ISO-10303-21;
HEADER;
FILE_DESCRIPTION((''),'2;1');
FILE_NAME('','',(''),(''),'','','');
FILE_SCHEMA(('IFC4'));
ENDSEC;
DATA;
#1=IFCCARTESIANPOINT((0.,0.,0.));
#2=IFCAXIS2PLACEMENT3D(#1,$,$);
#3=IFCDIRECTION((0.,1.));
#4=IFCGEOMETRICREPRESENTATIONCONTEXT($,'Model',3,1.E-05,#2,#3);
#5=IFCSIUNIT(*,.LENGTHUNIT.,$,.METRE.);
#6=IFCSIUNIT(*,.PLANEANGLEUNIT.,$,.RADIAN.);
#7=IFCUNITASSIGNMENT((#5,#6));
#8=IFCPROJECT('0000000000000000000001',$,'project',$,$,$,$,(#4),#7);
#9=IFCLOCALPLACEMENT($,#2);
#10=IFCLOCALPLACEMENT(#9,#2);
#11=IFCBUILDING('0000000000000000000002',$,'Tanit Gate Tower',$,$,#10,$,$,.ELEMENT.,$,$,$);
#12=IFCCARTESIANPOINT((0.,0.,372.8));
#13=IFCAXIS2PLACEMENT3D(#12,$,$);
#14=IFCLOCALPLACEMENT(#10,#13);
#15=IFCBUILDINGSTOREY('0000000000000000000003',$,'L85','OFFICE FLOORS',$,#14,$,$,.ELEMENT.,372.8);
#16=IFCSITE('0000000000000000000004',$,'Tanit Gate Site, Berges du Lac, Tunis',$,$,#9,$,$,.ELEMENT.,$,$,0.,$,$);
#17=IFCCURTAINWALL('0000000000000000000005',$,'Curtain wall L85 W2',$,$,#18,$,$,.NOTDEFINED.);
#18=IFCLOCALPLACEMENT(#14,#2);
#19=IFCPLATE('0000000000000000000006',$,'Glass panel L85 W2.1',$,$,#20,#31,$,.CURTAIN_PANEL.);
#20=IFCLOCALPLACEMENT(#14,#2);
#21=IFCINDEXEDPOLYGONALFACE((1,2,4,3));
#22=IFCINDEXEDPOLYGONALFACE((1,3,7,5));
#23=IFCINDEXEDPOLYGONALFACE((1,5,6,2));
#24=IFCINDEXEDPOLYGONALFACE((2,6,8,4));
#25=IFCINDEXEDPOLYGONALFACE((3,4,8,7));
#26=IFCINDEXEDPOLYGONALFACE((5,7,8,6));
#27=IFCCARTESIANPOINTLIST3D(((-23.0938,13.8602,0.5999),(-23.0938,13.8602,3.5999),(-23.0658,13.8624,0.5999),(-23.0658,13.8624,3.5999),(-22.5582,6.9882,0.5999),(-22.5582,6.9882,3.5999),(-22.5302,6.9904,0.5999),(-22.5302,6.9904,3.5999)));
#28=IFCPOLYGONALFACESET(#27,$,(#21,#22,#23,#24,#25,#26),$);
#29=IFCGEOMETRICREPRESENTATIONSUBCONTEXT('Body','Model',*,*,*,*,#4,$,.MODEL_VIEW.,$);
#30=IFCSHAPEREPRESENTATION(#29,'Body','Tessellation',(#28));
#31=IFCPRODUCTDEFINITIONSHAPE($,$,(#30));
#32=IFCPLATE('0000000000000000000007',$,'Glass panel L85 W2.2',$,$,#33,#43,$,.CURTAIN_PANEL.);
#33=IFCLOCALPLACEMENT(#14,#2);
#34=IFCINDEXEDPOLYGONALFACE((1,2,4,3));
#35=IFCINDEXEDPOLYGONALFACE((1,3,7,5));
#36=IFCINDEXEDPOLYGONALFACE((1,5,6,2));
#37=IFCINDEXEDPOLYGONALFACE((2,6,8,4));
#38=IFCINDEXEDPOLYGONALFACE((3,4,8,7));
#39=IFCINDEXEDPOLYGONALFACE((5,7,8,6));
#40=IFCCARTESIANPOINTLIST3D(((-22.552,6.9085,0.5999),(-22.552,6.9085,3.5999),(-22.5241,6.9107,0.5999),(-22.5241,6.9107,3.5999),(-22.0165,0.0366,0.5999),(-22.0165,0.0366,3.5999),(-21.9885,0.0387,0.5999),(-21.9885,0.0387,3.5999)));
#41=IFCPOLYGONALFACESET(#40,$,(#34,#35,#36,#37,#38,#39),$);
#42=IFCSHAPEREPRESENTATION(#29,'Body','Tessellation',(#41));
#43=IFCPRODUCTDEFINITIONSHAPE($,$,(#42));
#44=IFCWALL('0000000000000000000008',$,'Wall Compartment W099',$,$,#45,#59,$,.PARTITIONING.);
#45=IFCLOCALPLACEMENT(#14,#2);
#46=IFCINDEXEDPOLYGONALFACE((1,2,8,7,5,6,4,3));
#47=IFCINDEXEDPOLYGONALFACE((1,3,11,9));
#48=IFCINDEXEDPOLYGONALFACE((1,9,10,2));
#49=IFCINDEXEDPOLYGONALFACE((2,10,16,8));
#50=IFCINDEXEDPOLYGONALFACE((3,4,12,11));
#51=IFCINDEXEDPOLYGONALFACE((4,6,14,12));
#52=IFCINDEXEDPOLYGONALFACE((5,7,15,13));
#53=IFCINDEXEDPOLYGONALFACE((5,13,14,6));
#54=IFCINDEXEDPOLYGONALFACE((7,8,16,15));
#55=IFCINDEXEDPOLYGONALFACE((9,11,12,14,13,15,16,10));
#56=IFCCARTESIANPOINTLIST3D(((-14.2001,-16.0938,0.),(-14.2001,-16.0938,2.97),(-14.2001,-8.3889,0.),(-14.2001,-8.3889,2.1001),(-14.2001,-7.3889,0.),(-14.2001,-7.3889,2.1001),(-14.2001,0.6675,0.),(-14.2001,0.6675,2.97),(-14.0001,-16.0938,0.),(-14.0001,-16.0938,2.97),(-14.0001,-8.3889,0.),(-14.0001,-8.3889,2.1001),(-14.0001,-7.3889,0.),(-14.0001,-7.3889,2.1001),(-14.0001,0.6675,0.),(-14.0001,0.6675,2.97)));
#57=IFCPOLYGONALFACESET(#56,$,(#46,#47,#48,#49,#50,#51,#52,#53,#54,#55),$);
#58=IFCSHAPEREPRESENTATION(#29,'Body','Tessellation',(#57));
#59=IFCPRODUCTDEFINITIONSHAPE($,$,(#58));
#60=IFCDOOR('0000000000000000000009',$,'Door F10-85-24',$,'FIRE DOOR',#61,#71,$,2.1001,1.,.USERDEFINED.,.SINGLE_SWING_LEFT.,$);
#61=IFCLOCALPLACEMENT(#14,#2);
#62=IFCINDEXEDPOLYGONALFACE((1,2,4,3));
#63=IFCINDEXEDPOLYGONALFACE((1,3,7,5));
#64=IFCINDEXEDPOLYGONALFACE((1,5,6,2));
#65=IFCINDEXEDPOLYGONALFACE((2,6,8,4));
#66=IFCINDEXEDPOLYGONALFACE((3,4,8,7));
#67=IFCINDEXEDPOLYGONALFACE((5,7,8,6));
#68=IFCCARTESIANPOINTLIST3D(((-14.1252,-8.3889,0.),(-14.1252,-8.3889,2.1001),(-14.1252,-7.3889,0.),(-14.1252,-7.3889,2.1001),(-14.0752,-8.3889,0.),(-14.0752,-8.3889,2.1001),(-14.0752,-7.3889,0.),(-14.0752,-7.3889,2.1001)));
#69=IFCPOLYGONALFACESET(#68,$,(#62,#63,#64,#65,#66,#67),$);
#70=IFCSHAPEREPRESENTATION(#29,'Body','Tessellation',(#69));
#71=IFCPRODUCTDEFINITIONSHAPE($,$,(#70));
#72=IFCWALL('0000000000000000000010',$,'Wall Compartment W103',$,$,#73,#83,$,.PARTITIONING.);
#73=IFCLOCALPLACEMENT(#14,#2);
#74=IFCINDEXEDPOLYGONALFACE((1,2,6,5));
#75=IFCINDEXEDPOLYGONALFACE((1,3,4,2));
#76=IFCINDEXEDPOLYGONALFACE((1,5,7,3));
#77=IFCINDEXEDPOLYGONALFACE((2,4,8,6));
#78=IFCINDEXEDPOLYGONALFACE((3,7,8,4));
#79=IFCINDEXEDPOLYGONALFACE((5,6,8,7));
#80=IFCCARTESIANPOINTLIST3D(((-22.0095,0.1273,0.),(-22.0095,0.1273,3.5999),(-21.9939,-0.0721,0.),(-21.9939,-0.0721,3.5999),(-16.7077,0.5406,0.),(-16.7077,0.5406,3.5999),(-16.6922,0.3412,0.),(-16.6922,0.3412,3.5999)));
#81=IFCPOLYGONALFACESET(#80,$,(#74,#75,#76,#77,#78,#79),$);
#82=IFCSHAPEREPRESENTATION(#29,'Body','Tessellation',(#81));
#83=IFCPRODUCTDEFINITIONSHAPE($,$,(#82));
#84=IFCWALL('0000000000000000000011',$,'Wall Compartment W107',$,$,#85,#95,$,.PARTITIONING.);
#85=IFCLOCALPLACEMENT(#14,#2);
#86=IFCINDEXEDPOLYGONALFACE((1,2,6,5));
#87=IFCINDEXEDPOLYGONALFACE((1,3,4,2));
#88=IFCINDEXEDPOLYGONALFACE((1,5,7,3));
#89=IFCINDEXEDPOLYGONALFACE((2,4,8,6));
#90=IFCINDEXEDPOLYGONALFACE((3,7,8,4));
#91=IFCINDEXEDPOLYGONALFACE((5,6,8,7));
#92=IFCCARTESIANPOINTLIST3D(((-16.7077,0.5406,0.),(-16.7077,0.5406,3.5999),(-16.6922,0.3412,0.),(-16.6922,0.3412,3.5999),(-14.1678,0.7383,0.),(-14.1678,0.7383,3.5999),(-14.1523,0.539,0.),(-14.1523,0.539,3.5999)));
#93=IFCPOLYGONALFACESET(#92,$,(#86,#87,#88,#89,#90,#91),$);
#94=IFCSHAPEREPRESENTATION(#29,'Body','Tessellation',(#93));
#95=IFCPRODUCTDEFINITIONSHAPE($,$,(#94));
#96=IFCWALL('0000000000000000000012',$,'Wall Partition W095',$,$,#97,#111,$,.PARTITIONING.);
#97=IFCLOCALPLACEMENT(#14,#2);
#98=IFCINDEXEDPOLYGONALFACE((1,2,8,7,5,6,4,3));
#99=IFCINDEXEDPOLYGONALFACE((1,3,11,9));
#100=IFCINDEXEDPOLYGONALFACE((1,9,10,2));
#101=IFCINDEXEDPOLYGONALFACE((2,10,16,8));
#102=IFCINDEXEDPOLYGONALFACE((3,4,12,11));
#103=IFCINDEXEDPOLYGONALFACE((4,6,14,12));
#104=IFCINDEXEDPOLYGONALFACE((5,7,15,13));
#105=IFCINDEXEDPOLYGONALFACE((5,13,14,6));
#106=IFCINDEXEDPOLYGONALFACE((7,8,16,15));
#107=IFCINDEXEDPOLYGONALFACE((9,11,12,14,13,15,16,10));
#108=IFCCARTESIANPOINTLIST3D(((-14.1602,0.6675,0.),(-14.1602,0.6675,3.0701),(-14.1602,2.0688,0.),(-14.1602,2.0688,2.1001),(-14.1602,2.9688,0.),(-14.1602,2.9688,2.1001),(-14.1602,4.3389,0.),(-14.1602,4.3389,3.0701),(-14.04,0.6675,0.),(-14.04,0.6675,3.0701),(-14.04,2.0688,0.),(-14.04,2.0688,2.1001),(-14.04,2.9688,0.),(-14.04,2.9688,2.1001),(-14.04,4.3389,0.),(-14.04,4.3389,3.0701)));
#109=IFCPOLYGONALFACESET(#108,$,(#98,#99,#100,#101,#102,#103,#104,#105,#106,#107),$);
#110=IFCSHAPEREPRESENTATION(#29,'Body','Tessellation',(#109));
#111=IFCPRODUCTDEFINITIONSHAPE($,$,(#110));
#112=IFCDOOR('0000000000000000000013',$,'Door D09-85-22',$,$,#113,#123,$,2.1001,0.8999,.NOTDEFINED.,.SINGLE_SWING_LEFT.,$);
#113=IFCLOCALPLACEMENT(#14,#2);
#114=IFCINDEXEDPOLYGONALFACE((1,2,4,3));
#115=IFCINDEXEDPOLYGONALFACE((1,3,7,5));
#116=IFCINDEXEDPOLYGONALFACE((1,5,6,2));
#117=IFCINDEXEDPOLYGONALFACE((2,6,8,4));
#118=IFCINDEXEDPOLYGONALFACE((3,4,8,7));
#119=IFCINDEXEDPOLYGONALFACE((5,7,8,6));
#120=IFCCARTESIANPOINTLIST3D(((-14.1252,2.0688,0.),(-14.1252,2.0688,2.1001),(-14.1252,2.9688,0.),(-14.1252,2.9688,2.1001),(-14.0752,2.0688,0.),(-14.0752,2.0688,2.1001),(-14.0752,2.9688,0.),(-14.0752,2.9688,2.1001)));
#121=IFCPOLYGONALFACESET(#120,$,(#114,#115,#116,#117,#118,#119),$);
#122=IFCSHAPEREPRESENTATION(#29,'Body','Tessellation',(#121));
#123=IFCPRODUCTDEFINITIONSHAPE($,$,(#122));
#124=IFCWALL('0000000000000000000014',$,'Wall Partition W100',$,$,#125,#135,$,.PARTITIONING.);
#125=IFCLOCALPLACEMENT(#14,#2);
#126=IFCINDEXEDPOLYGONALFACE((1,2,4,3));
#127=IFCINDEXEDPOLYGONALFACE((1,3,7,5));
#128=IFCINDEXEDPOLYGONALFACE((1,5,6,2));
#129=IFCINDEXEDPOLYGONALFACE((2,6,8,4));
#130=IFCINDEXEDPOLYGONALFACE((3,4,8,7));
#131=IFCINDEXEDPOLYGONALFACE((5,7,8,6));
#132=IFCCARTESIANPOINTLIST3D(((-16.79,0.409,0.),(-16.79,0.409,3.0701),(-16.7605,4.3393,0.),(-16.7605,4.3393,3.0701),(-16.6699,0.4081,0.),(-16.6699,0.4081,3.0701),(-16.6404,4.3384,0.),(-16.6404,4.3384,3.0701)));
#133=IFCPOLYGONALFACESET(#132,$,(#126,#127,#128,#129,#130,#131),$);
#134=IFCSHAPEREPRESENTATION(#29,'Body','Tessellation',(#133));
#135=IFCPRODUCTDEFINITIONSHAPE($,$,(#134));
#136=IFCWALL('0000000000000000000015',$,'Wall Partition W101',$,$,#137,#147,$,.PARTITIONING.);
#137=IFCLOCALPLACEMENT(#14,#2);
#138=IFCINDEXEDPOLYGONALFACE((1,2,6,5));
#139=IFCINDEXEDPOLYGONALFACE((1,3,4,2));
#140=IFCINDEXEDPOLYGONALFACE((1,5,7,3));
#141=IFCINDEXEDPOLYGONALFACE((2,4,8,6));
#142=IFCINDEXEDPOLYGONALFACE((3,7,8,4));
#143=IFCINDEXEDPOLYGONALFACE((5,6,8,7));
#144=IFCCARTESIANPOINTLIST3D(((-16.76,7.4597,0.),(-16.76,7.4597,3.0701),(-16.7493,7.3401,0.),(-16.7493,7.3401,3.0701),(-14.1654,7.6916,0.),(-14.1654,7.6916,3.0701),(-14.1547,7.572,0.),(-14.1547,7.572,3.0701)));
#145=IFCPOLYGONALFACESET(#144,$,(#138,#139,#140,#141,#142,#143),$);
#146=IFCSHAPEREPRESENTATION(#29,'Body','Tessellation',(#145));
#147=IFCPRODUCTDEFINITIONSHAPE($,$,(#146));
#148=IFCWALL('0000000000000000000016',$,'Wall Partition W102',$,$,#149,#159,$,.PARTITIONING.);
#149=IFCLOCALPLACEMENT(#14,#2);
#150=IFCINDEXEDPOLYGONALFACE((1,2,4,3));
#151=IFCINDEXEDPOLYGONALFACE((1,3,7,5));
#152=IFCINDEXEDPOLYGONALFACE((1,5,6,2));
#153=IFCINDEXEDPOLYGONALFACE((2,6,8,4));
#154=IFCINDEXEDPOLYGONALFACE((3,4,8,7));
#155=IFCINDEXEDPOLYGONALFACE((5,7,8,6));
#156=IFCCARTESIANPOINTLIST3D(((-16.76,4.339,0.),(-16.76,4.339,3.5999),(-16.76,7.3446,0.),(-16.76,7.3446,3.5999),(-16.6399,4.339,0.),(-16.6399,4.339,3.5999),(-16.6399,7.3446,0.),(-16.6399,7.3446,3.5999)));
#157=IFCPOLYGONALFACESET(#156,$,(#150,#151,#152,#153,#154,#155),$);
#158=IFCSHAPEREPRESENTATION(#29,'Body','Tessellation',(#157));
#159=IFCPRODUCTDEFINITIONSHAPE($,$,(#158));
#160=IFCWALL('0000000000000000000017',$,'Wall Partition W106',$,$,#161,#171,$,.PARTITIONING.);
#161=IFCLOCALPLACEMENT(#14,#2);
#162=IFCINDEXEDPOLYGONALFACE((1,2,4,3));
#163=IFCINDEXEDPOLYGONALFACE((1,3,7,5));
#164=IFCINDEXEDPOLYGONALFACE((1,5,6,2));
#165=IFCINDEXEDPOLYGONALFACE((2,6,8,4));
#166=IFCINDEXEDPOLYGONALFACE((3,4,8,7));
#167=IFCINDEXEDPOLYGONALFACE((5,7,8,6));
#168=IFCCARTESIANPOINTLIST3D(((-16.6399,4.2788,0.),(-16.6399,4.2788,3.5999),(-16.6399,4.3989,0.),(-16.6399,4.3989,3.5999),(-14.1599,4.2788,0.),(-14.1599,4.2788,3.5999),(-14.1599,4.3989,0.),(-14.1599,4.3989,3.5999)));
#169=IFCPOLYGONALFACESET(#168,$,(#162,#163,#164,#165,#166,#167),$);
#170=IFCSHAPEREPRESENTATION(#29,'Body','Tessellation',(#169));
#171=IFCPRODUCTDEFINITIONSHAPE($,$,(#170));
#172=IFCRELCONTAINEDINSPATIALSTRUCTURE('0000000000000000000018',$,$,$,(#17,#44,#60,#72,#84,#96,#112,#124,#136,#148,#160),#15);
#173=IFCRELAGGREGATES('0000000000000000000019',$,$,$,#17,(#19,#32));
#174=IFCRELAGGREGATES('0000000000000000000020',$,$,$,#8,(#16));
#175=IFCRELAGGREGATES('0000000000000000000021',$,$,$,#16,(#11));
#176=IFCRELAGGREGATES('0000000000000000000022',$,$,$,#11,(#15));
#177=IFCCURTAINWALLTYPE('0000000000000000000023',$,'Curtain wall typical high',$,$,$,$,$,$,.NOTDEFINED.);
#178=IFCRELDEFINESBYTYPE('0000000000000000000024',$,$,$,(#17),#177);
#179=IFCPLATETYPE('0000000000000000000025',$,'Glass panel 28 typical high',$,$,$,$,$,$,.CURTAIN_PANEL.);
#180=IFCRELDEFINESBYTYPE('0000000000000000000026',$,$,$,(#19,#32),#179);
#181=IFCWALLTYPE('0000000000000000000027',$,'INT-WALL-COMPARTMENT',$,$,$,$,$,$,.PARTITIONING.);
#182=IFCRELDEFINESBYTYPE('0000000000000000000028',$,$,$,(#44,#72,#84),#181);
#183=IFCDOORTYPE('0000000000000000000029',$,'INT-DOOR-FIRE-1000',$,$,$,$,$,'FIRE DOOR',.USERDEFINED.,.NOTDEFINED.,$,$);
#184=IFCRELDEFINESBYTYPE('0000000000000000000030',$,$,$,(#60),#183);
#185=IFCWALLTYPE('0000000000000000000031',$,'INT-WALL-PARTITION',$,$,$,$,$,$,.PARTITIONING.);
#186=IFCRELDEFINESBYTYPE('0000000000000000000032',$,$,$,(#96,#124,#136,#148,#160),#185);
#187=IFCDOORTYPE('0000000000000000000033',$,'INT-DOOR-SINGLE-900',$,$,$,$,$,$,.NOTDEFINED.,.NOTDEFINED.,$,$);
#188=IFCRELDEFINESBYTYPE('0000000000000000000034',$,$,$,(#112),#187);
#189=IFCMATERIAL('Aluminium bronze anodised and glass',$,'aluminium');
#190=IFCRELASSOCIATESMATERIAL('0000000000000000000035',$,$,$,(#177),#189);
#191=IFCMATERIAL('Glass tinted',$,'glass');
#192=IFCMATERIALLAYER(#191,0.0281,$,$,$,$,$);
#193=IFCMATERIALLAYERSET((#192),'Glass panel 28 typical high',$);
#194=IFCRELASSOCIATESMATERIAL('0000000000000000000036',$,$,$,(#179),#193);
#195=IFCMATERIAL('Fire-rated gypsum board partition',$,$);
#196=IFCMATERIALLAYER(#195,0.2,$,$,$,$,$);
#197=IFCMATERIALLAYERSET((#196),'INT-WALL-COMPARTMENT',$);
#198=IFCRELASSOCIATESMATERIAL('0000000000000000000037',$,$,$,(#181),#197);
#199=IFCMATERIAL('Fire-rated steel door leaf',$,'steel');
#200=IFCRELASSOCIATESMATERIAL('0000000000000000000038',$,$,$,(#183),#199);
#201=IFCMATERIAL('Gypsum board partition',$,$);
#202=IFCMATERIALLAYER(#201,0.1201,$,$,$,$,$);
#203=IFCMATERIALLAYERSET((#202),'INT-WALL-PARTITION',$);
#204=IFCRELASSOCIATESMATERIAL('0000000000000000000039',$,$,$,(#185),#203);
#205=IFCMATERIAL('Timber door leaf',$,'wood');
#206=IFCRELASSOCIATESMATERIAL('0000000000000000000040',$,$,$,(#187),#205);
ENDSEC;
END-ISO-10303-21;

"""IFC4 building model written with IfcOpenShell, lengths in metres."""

from ifc_helpers import new_model, si_unit, direction, frame, frame_2d, origin, origin_2d, place, context, subcontext, project, spatial, rectangle, extrude, material, layer, layer_set, type_object, element, fill, aggregate, save


model = new_model("IFC4")

# Units and contexts
model_context = context("Model", 3, precision=1e-05, world=origin(), true_north=direction((0.0, 1.0)))
body_context = subcontext(model_context, "Body", "Model", "MODEL_VIEW")
ifc_project = project(units=[si_unit("LENGTHUNIT", "METRE"), si_unit("PLANEANGLEUNIT", "RADIAN")], contexts=[model_context])

# Site, building, storey
site_placement = place(None, origin())
site = spatial("IfcSite", under=ifc_project, at=site_placement, Name="Tanit Gate Site, Berges du Lac, Tunis", CompositionType="ELEMENT", RefElevation=0.0)
building_placement = place(site_placement, origin())
building = spatial("IfcBuilding", under=site, at=building_placement, Name="Tanit Gate Tower", CompositionType="ELEMENT")
storey_placement = place(building_placement, frame((0.0, 0.0, 372.8)))
storey = spatial("IfcBuildingStorey", under=building, at=storey_placement, Name="L85", Description="OFFICE FLOORS", CompositionType="ELEMENT", Elevation=372.8)

# Curtain wall
ifc_material_1 = material(Name="Aluminium bronze anodised and glass", Category="aluminium")
curtain_wall_type = type_object("IfcCurtainWallType", Name="Curtain wall typical high", PredefinedType="NOTDEFINED", material=ifc_material_1)
curtain_wall_1_placement = place(storey_placement, origin())
curtain_wall_1 = element("IfcCurtainWall", 1, at=curtain_wall_1_placement, inside=storey, type_object=curtain_wall_type, Name="Curtain wall L85 W2", PredefinedType="NOTDEFINED")

# Plates
ifc_material_2 = material(Name="Glass tinted", Category="glass")
ifc_layer_1 = layer(ifc_material_2, 0.0281)
ifc_layer_set_1 = layer_set([ifc_layer_1], Name="Glass panel 28 typical high")
plate_type = type_object("IfcPlateType", Name="Glass panel 28 typical high", PredefinedType="CURTAIN_PANEL", material=ifc_layer_set_1)
plate_1_placement = place(storey_placement, frame((-22.812, 10.4253, 0.5999), z_axis=(0.0, 0.0, 1.0), x_axis=(0.077701, -0.996977, 0.0)))
plate_1 = element("IfcPlate", 2, at=plate_1_placement, type_object=plate_type, Name="Glass panel L85 W2.1", PredefinedType="CURTAIN_PANEL", context=body_context, shape_type="SweptSolid", body=[
    extrude(rectangle(XDim=6.8928, YDim=0.0281, at=origin_2d()), origin(), (0.0, 0.0, 1.0), 3.0),
])
plate_2_placement = place(storey_placement, frame((-22.2703, 3.4736, 0.5999), z_axis=(0.0, 0.0, 1.0), x_axis=(0.077701, -0.996977, 0.0)))
plate_2 = element("IfcPlate", 3, at=plate_2_placement, type_object=plate_type, Name="Glass panel L85 W2.2", PredefinedType="CURTAIN_PANEL", context=body_context, shape_type="SweptSolid", body=[
    extrude(rectangle(XDim=6.8928, YDim=0.0281, at=origin_2d()), origin(), (0.0, 0.0, 1.0), 3.0),
])
aggregate(curtain_wall_1, [plate_1, plate_2])

# Wall, opening, door
ifc_material_3 = material(Name="Fire-rated gypsum board partition")
ifc_layer_2 = layer(ifc_material_3, 0.2)
ifc_layer_set_2 = layer_set([ifc_layer_2], Name="INT-WALL-COMPARTMENT")
wall_type_1 = type_object("IfcWallType", Name="INT-WALL-COMPARTMENT", PredefinedType="PARTITIONING", material=ifc_layer_set_2)
wall_1_placement = place(storey_placement, frame((-14.1001, 0.6675, 0.0), z_axis=(0.0, 0.0, 1.0), x_axis=(0.0, -1.0, 0.0)))
wall_1 = element("IfcWall", 4, at=wall_1_placement, inside=storey, type_object=wall_type_1, Name="Wall Compartment W099", PredefinedType="PARTITIONING", context=body_context, shape_type="SweptSolid", body=[
    extrude(rectangle(XDim=16.7612, YDim=0.2, at=frame_2d((8.3806, 0.0))), origin(), (0.0, 0.0, 1.0), 2.97),
])
opening_1_placement = place(wall_1_placement, frame((8.0564, 0.0, 0.0)))
opening_1 = element("IfcOpeningElement", 5, at=opening_1_placement, cuts=wall_1, PredefinedType="OPENING", context=body_context, shape_type="SweptSolid", body=[
    extrude(rectangle(XDim=1.0, YDim=2.1001, at=frame_2d((0.5, 1.05))), frame((0.0, 0.1099, 0.0), z_axis=(0.0, -1.0, 0.0), x_axis=(1.0, 0.0, 0.0)), (0.0, 0.0, 1.0), 0.22),
])
ifc_material_4 = material(Name="Fire-rated steel door leaf", Category="steel")
door_type_1 = type_object("IfcDoorType", Name="INT-DOOR-FIRE-1000", ElementType="FIRE DOOR", OperationType="NOTDEFINED", PredefinedType="USERDEFINED", material=ifc_material_4)
door_1_placement = place(opening_1_placement, origin())
door_1 = element("IfcDoor", 6, at=door_1_placement, inside=storey, type_object=door_type_1, Name="Door F10-85-24", ObjectType="FIRE DOOR", OperationType="SINGLE_SWING_LEFT", OverallHeight=2.1001, OverallWidth=1.0, PredefinedType="USERDEFINED", context=body_context, shape_type="SweptSolid", body=[
    extrude(rectangle(XDim=1.0, YDim=2.1001, at=frame_2d((0.5, 1.05))), frame((0.0, 0.0249, 0.0), z_axis=(0.0, -1.0, 0.0), x_axis=(1.0, 0.0, 0.0)), (0.0, 0.0, 1.0), 0.05),
])
fill(opening_1, door_1)

# Walls
wall_2_placement = place(storey_placement, frame((-22.0017, 0.0276, 0.0), z_axis=(0.0, 0.0, 1.0), x_axis=(0.996975, 0.077725, 0.0)))
element("IfcWall", 7, at=wall_2_placement, inside=storey, type_object=wall_type_1, Name="Wall Compartment W103", PredefinedType="PARTITIONING", context=body_context, shape_type="SweptSolid", body=[
    extrude(rectangle(XDim=5.3179, YDim=0.2, at=frame_2d((2.6589, 0.0))), origin(), (0.0, 0.0, 1.0), 3.5999),
])
wall_3_placement = place(storey_placement, frame((-14.1599, 0.6387, 0.0), z_axis=(0.0, 0.0, 1.0), x_axis=(-0.996983, -0.07762, 0.0)))
element("IfcWall", 8, at=wall_3_placement, inside=storey, type_object=wall_type_1, Name="Wall Compartment W107", PredefinedType="PARTITIONING", context=body_context, shape_type="SweptSolid", body=[
    extrude(rectangle(XDim=2.5476, YDim=0.2, at=frame_2d((1.2739, 0.0))), origin(), (0.0, 0.0, 1.0), 3.5999),
])

# Wall, opening, door
ifc_material_5 = material(Name="Gypsum board partition")
ifc_layer_3 = layer(ifc_material_5, 0.1201)
ifc_layer_set_3 = layer_set([ifc_layer_3], Name="INT-WALL-PARTITION")
wall_type_2 = type_object("IfcWallType", Name="INT-WALL-PARTITION", PredefinedType="PARTITIONING", material=ifc_layer_set_3)
wall_4_placement = place(storey_placement, frame((-14.1001, 4.3389, 0.0), z_axis=(0.0, 0.0, 1.0), x_axis=(0.0, -1.0, 0.0)))
wall_4 = element("IfcWall", 9, at=wall_4_placement, inside=storey, type_object=wall_type_2, Name="Wall Partition W095", PredefinedType="PARTITIONING", context=body_context, shape_type="SweptSolid", body=[
    extrude(rectangle(XDim=3.6714, YDim=0.1201, at=frame_2d((1.8357, 0.0))), origin(), (0.0, 0.0, 1.0), 3.0701),
])
opening_2_placement = place(wall_4_placement, frame((1.3701, 0.0, 0.0)))
opening_2 = element("IfcOpeningElement", 10, at=opening_2_placement, cuts=wall_4, PredefinedType="OPENING", context=body_context, shape_type="SweptSolid", body=[
    extrude(rectangle(XDim=0.8999, YDim=2.1001, at=frame_2d((0.45, 1.05))), frame((0.0, 0.0701, 0.0), z_axis=(0.0, -1.0, 0.0), x_axis=(1.0, 0.0, 0.0)), (0.0, 0.0, 1.0), 0.1401),
])
ifc_material_6 = material(Name="Timber door leaf", Category="wood")
door_type_2 = type_object("IfcDoorType", Name="INT-DOOR-SINGLE-900", OperationType="NOTDEFINED", PredefinedType="NOTDEFINED", material=ifc_material_6)
door_2_placement = place(opening_2_placement, origin())
door_2 = element("IfcDoor", 11, at=door_2_placement, inside=storey, type_object=door_type_2, Name="Door D09-85-22", OperationType="SINGLE_SWING_LEFT", OverallHeight=2.1001, OverallWidth=0.8999, PredefinedType="NOTDEFINED", context=body_context, shape_type="SweptSolid", body=[
    extrude(rectangle(XDim=0.8999, YDim=2.1001, at=frame_2d((0.45, 1.05))), frame((0.0, 0.0249, 0.0), z_axis=(0.0, -1.0, 0.0), x_axis=(1.0, 0.0, 0.0)), (0.0, 0.0, 1.0), 0.05),
])
fill(opening_2, door_2)

# Walls
wall_5_placement = place(storey_placement, frame((-16.73, 0.4084, 0.0), z_axis=(0.0, 0.0, 1.0), x_axis=(0.007516, 0.999972, 0.0)))
element("IfcWall", 12, at=wall_5_placement, inside=storey, type_object=wall_type_2, Name="Wall Partition W100", PredefinedType="PARTITIONING", context=body_context, shape_type="SweptSolid", body=[
    extrude(rectangle(XDim=3.9304, YDim=0.1201, at=frame_2d((1.9653, 0.0))), origin(), (0.0, 0.0, 1.0), 3.0701),
])
wall_6_placement = place(storey_placement, frame((-16.7546, 7.3999, 0.0), z_axis=(0.0, 0.0, 1.0), x_axis=(0.996029, 0.089032, 0.0)))
element("IfcWall", 13, at=wall_6_placement, inside=storey, type_object=wall_type_2, Name="Wall Partition W101", PredefinedType="PARTITIONING", context=body_context, shape_type="SweptSolid", body=[
    extrude(rectangle(XDim=2.605, YDim=0.1201, at=frame_2d((1.3025, 0.0))), origin(), (0.0, 0.0, 1.0), 3.0701),
])
wall_7_placement = place(storey_placement, frame((-16.7, 4.3389, 0.0), z_axis=(0.0, 0.0, 1.0), x_axis=(0.0, 1.0, 0.0)))
element("IfcWall", 14, at=wall_7_placement, inside=storey, type_object=wall_type_2, Name="Wall Partition W102", PredefinedType="PARTITIONING", context=body_context, shape_type="SweptSolid", body=[
    extrude(rectangle(XDim=3.0056, YDim=0.1201, at=frame_2d((1.5029, 0.0))), origin(), (0.0, 0.0, 1.0), 3.5999),
])
wall_8_placement = place(storey_placement, frame((-14.1599, 4.3389, 0.0), z_axis=(0.0, 0.0, 1.0), x_axis=(-1.0, 0.0, 0.0)))
element("IfcWall", 15, at=wall_8_placement, inside=storey, type_object=wall_type_2, Name="Wall Partition W106", PredefinedType="PARTITIONING", context=body_context, shape_type="SweptSolid", body=[
    extrude(rectangle(XDim=2.48, YDim=0.1201, at=frame_2d((1.24, 0.0))), origin(), (0.0, 0.0, 1.0), 3.5999),
])

save(model, "model.ifc")
